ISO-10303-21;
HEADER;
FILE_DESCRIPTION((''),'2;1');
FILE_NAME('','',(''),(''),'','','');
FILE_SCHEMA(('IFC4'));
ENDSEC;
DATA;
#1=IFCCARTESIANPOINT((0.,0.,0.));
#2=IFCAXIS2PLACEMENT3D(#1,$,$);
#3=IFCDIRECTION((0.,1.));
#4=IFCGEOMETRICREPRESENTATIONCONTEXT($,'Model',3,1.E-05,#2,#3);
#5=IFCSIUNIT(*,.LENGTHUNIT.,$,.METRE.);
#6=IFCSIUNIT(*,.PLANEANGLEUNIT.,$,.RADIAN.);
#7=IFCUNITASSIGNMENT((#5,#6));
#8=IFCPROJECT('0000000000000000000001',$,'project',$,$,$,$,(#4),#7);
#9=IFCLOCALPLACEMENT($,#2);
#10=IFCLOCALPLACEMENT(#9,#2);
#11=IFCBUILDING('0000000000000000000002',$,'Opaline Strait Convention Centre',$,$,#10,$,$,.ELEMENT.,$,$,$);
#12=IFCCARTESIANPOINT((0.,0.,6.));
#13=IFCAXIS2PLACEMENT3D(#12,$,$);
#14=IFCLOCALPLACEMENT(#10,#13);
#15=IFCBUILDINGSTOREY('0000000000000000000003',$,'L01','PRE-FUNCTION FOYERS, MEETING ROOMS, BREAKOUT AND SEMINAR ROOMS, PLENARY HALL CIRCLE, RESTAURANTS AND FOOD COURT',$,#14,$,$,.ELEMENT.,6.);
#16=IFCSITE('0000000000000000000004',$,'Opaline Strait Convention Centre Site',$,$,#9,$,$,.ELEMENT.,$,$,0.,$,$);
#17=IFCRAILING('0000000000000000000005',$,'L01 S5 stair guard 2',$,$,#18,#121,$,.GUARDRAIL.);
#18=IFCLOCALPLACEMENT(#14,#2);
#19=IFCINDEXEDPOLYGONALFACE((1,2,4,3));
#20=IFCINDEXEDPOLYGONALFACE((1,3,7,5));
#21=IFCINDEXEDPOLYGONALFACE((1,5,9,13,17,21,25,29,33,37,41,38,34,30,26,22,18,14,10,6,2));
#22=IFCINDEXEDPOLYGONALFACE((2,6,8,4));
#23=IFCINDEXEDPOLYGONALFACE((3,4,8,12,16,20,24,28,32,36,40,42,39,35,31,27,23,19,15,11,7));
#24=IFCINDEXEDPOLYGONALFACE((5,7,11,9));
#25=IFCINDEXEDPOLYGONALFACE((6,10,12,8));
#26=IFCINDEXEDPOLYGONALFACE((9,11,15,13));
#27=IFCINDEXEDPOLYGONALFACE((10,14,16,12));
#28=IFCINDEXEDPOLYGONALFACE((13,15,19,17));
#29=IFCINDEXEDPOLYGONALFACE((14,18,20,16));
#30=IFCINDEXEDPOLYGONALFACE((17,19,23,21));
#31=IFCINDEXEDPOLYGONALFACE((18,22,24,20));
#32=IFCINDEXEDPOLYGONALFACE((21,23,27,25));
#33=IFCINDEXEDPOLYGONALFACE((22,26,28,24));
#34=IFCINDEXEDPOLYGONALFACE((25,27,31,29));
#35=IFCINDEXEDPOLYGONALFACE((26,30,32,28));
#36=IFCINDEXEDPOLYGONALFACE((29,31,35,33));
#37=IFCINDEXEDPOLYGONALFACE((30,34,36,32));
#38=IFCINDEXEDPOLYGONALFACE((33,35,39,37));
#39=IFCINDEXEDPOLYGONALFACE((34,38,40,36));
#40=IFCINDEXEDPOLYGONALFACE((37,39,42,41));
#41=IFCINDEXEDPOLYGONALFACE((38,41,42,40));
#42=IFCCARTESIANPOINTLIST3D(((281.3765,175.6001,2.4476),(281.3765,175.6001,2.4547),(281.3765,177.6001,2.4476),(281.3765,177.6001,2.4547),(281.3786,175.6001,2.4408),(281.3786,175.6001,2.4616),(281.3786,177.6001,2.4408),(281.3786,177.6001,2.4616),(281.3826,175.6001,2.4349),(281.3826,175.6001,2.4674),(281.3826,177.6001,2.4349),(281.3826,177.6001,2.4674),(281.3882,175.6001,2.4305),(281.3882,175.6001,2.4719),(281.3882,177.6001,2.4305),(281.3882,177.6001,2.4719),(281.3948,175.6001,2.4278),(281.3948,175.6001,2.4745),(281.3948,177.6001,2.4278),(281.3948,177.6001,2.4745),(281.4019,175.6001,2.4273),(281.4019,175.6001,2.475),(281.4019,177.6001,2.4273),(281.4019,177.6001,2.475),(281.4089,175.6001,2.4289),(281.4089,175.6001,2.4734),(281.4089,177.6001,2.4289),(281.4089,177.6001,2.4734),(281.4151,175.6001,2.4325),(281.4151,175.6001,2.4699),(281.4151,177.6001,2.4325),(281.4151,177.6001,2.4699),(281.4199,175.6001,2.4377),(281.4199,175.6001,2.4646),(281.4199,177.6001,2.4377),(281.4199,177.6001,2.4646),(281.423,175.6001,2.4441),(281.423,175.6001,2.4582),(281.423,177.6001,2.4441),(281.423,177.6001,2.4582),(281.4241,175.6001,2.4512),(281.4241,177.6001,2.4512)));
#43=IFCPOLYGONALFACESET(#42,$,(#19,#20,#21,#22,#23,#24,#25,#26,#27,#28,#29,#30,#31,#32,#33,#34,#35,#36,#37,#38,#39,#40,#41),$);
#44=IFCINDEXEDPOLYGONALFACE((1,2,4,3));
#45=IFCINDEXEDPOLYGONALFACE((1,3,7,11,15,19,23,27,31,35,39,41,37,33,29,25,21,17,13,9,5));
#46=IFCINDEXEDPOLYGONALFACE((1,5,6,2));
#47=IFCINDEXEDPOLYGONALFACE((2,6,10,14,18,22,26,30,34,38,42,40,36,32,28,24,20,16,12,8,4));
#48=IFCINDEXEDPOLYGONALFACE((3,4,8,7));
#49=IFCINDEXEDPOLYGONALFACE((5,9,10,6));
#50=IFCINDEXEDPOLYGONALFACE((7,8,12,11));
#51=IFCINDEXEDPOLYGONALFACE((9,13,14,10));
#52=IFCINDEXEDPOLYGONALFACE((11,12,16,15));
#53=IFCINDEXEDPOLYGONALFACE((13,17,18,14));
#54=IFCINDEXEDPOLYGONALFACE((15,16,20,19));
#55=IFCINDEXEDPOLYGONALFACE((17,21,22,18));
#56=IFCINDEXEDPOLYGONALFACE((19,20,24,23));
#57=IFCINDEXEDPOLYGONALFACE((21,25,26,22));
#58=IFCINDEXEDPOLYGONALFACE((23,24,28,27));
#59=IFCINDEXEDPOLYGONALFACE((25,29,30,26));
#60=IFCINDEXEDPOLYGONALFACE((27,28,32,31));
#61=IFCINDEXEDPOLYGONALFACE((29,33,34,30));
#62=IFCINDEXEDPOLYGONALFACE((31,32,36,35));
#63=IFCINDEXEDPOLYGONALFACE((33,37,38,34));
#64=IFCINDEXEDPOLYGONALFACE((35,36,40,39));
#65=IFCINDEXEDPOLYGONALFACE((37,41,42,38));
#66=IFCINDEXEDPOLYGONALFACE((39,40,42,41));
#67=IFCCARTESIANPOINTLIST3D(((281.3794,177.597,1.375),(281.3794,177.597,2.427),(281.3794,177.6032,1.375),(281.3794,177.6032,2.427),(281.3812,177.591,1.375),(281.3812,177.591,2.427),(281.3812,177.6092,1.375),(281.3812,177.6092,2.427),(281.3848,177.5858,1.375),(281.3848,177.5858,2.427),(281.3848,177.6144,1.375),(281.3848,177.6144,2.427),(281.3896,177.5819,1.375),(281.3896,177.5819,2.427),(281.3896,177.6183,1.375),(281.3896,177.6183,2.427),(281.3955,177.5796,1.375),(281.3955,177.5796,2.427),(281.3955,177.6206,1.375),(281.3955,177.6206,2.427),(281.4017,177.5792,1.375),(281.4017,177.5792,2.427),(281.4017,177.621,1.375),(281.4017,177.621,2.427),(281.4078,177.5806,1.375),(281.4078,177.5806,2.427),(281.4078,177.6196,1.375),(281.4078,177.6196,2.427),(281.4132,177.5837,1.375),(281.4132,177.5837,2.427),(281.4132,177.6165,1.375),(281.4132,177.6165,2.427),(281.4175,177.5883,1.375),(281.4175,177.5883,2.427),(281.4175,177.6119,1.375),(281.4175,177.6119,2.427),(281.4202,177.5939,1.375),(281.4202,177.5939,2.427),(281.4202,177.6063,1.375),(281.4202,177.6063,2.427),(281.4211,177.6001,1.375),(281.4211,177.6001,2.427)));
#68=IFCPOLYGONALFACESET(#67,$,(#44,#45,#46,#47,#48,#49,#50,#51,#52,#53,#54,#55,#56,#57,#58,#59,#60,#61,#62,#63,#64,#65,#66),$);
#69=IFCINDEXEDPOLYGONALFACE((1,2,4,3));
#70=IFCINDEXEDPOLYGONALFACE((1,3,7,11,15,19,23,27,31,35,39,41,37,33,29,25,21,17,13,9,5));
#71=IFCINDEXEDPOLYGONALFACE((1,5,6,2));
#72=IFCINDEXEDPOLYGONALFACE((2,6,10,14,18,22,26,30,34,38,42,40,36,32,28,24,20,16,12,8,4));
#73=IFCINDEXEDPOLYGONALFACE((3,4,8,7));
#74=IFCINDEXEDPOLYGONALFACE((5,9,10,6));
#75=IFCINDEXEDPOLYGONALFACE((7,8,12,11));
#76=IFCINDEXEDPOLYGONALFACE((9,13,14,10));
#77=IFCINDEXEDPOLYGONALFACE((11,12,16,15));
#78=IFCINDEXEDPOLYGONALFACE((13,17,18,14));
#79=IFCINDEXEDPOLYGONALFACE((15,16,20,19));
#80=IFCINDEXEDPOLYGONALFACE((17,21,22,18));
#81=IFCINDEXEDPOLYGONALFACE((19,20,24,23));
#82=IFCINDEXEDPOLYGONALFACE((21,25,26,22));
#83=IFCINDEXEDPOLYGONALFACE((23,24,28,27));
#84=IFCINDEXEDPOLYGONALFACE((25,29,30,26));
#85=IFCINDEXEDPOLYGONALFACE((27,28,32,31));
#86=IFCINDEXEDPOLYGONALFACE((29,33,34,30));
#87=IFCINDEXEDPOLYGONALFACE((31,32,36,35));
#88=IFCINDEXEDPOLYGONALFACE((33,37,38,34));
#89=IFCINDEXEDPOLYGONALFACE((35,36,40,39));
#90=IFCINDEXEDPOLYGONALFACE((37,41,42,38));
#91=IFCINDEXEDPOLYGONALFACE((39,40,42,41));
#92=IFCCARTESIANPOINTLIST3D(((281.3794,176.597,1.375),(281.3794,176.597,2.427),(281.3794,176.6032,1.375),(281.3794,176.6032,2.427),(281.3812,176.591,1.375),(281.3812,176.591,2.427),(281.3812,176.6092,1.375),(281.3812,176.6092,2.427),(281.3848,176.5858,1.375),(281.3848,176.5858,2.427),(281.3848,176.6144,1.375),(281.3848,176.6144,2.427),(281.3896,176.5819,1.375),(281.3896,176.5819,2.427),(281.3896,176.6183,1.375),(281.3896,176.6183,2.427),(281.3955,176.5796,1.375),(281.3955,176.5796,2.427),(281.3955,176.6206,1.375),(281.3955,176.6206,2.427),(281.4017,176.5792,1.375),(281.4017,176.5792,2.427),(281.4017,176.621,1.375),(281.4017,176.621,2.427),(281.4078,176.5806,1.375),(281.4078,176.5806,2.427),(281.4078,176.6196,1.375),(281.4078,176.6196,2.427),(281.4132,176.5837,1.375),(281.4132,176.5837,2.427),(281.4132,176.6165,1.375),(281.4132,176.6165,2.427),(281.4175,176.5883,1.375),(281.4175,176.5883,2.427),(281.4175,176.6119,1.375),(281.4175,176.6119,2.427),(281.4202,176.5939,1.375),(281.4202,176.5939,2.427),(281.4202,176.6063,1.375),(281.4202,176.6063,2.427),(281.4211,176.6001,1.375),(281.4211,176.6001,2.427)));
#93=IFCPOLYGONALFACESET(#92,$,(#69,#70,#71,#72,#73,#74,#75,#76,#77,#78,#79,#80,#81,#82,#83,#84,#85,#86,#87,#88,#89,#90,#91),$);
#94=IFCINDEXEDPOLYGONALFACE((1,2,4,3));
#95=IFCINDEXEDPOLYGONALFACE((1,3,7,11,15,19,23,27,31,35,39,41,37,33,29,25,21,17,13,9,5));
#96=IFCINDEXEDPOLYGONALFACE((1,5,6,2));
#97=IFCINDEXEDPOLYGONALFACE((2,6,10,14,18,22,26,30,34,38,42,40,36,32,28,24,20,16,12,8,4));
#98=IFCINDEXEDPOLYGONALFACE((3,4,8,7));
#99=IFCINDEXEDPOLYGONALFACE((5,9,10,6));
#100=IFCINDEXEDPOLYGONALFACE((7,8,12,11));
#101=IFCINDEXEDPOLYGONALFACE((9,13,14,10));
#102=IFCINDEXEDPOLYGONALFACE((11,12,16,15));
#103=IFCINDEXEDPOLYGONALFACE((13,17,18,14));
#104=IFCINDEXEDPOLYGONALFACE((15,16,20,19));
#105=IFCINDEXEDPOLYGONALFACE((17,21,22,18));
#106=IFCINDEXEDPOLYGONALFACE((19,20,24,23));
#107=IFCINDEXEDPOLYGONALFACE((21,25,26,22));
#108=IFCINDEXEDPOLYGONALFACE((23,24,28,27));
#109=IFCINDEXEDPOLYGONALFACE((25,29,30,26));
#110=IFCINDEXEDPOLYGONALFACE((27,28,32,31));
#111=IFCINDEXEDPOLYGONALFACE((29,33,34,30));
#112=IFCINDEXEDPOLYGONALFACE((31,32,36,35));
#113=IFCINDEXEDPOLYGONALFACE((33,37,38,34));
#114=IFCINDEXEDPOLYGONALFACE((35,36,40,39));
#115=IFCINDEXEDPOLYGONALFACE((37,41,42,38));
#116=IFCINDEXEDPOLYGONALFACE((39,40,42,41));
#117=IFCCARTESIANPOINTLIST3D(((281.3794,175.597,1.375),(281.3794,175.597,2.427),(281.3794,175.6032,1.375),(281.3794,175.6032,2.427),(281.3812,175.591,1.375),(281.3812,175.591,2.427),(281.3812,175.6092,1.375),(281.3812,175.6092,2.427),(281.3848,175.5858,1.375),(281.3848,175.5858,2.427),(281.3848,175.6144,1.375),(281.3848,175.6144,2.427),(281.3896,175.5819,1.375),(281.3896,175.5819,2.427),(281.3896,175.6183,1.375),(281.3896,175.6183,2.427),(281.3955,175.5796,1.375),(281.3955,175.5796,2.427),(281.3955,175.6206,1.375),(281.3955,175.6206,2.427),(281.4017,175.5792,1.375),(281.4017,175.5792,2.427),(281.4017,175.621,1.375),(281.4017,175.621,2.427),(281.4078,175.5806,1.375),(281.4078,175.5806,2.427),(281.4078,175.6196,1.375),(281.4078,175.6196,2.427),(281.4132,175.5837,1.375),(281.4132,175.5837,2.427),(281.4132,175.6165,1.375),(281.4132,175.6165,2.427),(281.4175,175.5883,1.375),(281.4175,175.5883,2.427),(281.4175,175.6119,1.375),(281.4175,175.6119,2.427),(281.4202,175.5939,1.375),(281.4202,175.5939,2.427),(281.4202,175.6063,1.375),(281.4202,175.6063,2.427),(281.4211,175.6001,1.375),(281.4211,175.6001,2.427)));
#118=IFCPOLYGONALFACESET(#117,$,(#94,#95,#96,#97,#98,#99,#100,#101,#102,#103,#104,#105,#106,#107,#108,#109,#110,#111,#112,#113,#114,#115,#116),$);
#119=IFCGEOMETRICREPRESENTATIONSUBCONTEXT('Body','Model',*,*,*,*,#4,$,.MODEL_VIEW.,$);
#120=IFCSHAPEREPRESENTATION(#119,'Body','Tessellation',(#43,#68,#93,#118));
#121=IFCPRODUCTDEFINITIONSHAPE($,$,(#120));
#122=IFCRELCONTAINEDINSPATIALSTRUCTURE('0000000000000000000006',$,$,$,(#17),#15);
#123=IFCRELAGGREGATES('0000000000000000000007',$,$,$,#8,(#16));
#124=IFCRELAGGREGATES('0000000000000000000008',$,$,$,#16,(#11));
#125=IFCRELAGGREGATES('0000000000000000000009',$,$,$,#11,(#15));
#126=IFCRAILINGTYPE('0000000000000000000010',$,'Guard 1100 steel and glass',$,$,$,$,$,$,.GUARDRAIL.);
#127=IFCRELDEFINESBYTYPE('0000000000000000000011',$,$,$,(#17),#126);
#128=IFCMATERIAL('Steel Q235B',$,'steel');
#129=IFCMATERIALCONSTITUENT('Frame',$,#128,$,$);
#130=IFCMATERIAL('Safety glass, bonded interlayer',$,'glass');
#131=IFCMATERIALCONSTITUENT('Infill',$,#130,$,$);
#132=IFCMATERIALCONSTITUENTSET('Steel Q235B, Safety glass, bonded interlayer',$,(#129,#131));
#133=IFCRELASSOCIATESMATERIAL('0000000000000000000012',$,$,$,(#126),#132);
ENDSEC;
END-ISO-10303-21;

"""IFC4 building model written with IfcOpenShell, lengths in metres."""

from ifc_helpers import new_model, si_unit, direction, frame, origin, origin_2d, place, context, subcontext, project, spatial, circle, extrude, material, constituent, constituent_set, type_object, element, save


model = new_model("IFC4")

# Units and contexts
model_context = context("Model", 3, precision=1e-05, world=origin(), true_north=direction((0.0, 1.0)))
body_context = subcontext(model_context, "Body", "Model", "MODEL_VIEW")
ifc_project = project(units=[si_unit("LENGTHUNIT", "METRE"), si_unit("PLANEANGLEUNIT", "RADIAN")], contexts=[model_context])

# Site, building, storey
site_placement = place(None, origin())
site = spatial("IfcSite", under=ifc_project, at=site_placement, Name="Opaline Strait Convention Centre Site", CompositionType="ELEMENT", RefElevation=0.0)
building_placement = place(site_placement, origin())
building = spatial("IfcBuilding", under=site, at=building_placement, Name="Opaline Strait Convention Centre", CompositionType="ELEMENT")
storey_placement = place(building_placement, frame((0.0, 0.0, 6.0)))
storey = spatial("IfcBuildingStorey", under=building, at=storey_placement, Name="L01", Description="PRE-FUNCTION FOYERS, MEETING ROOMS, BREAKOUT AND SEMINAR ROOMS, PLENARY HALL CIRCLE, RESTAURANTS AND FOOD COURT", CompositionType="ELEMENT", Elevation=6.0)

# Railing
ifc_material_1 = material(Name="Steel Q235B", Category="steel")
ifc_constituent_1 = constituent(ifc_material_1, Name="Frame")
ifc_material_2 = material(Name="Safety glass, bonded interlayer", Category="glass")
ifc_constituent_2 = constituent(ifc_material_2, Name="Infill")
ifc_constituent_set = constituent_set(constituents=[ifc_constituent_1, ifc_constituent_2], Name="Steel Q235B, Safety glass, bonded interlayer")
railing_type = type_object("IfcRailingType", Name="Guard 1100 steel and glass", PredefinedType="GUARDRAIL", material=ifc_constituent_set)
railing_1_placement = place(storey_placement, frame((281.4001, 177.6001, 1.375)))
element("IfcRailing", 1, at=railing_1_placement, inside=storey, type_object=railing_type, Name="L01 S5 stair guard 2", PredefinedType="GUARDRAIL", context=body_context, shape_type="SweptSolid", body=[
    extrude(circle(Radius=0.0239, at=origin_2d()), frame((0.0, 0.0, 1.0762), z_axis=(0.0, -1.0, 0.0), x_axis=(1.0, 0.0, 0.0)), (0.0, 0.0, 1.0), 2.0),
    extrude(circle(Radius=0.021, at=origin_2d()), origin(), (0.0, 0.0, 1.0), 1.052),
    extrude(circle(Radius=0.021, at=origin_2d()), frame((0.0, -1.0, 0.0)), (0.0, 0.0, 1.0), 1.052),
    extrude(circle(Radius=0.021, at=origin_2d()), frame((0.0, -2.0, 0.0)), (0.0, 0.0, 1.0), 1.052),
])

save(model, "model.ifc")
